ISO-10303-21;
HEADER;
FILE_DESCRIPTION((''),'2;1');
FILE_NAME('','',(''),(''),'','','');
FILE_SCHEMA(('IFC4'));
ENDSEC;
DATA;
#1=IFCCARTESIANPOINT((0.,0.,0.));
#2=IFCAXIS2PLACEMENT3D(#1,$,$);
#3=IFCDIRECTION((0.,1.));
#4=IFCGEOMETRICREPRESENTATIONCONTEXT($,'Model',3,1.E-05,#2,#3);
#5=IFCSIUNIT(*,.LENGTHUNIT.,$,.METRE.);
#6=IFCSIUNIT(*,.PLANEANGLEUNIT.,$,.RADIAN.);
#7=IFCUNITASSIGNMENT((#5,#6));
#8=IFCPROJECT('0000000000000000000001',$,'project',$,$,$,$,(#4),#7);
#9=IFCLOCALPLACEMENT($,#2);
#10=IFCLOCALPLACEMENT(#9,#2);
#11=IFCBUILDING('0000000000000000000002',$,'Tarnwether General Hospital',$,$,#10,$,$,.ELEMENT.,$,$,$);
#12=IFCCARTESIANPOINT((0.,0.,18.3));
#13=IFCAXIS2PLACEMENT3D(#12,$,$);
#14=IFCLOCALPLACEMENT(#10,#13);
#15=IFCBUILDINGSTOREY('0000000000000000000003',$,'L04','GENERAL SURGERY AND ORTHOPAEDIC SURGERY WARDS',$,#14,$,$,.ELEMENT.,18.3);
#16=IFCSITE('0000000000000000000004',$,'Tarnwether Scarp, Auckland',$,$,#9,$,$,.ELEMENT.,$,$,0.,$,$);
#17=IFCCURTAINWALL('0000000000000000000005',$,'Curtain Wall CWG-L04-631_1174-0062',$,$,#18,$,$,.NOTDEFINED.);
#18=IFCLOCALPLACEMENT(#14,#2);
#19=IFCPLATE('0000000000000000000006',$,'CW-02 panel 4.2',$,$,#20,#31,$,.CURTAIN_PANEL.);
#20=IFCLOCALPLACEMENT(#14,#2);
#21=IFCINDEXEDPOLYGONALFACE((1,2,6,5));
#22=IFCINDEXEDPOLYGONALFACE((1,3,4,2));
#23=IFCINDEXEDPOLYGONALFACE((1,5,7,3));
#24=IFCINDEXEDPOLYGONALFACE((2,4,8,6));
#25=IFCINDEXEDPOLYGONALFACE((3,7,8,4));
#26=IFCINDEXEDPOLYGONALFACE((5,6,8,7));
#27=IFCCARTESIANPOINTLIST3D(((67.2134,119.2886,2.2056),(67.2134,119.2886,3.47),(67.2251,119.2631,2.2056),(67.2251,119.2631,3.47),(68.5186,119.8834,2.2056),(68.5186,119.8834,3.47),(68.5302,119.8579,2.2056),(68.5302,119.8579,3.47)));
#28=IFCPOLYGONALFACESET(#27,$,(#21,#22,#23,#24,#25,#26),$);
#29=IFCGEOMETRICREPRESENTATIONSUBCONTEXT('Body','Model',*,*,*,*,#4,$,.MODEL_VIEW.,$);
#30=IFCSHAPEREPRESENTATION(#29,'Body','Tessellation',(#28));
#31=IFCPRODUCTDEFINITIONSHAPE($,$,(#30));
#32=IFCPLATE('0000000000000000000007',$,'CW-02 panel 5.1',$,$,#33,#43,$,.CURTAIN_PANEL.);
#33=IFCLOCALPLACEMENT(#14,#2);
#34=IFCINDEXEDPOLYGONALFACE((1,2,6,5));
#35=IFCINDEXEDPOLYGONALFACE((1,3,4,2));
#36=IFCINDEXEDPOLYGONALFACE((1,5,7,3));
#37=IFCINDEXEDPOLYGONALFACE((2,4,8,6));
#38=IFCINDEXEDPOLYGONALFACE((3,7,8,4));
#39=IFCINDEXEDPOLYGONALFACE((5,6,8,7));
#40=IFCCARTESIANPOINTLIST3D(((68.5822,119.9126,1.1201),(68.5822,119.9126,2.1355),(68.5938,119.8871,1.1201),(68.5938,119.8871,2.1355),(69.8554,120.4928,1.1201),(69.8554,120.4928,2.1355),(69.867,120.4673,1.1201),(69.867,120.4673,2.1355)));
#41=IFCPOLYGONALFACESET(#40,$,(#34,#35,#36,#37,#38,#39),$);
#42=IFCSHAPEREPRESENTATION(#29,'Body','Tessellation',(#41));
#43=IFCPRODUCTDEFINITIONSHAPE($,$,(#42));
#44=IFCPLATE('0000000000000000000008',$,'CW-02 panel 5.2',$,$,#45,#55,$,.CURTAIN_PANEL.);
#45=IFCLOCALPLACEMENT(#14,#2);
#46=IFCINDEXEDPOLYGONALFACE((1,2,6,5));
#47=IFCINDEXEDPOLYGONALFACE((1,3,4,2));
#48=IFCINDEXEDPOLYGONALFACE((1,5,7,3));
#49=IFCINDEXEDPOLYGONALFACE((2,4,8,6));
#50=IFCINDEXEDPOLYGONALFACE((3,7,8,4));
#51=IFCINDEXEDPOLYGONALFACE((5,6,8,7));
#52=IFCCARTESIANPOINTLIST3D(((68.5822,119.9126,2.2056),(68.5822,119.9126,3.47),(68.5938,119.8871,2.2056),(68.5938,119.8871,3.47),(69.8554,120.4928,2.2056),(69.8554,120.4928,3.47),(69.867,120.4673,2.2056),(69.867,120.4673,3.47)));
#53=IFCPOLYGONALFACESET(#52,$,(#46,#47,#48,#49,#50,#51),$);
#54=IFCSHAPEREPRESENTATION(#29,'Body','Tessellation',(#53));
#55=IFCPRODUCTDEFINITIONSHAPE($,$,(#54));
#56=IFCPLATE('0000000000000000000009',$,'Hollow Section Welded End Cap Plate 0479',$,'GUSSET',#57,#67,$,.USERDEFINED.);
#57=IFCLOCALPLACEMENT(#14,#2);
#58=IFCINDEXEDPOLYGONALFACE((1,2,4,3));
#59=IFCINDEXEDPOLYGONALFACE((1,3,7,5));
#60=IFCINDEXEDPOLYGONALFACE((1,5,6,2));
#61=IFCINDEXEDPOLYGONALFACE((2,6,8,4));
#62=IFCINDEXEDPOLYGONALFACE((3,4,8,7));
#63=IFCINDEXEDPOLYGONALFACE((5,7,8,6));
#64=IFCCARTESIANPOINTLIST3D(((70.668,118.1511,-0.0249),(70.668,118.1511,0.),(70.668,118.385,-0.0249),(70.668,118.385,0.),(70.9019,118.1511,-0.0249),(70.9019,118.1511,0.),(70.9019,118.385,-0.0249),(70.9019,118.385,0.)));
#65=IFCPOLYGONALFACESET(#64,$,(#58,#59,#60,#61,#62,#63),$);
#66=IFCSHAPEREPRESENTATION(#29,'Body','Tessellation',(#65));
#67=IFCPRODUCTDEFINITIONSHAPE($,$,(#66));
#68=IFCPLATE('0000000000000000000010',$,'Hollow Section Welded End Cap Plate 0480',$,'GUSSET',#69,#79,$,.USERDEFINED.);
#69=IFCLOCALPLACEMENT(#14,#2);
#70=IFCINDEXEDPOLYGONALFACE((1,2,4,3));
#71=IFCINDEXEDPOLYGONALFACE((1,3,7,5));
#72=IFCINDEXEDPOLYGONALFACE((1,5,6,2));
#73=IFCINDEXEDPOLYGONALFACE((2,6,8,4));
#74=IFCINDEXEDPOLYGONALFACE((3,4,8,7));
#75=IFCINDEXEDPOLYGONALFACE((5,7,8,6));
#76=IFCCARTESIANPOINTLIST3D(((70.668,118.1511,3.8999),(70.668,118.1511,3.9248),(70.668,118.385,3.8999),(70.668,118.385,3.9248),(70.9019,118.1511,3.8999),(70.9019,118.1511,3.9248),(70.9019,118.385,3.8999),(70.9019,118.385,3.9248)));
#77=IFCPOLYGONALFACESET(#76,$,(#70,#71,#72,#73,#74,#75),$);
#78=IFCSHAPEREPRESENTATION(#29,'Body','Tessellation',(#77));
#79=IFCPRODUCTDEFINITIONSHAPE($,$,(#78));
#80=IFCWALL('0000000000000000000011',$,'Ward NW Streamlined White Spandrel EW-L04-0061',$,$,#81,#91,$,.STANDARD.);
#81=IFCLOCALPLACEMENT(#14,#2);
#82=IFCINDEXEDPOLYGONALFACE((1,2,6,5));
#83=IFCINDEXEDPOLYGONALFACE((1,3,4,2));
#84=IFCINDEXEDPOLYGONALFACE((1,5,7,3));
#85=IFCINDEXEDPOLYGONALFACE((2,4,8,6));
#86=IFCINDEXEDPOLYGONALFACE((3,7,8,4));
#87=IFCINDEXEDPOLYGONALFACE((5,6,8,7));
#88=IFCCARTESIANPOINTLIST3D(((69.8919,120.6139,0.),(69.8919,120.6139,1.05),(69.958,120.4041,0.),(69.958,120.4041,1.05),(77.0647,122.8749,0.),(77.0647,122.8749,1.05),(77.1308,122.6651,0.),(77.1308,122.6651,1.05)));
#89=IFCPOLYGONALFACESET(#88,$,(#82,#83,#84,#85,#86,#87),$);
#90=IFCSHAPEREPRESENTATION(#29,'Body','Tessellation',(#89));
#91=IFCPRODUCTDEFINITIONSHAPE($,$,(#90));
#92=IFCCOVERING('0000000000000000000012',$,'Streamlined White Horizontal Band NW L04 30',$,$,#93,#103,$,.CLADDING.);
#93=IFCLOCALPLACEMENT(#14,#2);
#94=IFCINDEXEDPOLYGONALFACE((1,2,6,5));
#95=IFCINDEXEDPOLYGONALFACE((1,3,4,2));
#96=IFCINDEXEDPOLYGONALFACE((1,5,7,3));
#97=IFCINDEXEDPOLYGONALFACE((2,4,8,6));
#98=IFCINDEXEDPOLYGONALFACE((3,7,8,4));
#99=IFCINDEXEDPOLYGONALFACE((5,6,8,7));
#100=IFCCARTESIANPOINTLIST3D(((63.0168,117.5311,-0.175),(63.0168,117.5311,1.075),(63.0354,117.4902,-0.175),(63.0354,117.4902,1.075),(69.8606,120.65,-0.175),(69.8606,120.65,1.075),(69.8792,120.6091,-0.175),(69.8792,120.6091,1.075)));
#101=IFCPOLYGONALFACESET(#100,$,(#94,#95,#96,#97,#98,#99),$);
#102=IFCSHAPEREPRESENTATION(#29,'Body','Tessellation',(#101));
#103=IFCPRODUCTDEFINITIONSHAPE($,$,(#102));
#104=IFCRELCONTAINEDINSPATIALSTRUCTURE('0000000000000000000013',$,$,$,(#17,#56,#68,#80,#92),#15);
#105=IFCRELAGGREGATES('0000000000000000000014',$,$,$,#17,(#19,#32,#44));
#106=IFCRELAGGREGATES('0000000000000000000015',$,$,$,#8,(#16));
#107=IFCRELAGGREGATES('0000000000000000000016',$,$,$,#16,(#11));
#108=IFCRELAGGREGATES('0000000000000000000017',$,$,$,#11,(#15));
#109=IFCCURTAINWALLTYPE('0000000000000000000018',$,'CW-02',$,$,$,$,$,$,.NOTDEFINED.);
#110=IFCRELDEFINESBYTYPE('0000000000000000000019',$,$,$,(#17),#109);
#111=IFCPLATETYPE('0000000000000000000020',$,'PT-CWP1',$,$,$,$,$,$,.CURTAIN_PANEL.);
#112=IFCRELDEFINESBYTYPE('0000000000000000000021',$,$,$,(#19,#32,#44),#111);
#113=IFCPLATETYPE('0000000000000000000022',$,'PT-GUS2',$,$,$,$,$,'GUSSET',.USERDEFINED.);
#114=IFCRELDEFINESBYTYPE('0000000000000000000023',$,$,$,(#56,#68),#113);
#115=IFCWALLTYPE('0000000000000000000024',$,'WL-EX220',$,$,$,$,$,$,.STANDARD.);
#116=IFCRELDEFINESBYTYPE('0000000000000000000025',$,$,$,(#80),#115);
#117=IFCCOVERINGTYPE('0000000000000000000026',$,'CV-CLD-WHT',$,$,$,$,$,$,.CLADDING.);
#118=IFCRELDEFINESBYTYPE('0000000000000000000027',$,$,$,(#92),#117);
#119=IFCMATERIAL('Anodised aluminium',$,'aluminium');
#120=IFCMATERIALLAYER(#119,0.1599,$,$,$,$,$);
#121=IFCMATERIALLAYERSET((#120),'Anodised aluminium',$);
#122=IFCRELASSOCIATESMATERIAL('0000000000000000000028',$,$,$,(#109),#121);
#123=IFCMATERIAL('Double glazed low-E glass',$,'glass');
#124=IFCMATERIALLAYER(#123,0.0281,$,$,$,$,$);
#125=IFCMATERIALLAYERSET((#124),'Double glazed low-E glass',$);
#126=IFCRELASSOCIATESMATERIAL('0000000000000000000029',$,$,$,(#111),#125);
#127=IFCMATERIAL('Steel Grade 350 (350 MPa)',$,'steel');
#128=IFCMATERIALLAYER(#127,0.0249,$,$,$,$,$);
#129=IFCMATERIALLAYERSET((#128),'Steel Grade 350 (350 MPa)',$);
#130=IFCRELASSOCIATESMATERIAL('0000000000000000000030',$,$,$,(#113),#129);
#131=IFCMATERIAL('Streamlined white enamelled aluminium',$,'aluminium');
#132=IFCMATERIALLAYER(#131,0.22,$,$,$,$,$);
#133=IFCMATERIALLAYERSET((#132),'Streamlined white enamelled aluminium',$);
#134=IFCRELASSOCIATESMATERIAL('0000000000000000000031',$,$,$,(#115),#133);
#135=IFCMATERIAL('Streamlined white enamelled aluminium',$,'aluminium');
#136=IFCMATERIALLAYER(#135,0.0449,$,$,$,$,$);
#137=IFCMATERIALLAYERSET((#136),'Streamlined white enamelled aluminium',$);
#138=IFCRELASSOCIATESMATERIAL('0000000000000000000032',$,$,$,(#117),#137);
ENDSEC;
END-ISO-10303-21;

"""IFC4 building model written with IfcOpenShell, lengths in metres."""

from ifc_helpers import new_model, si_unit, direction, frame, frame_2d, origin, origin_2d, place, context, subcontext, project, spatial, rectangle, extrude, material, layer, layer_set, type_object, element, aggregate, save


model = new_model("IFC4")

# Units and contexts
model_context = context("Model", 3, precision=1e-05, world=origin(), true_north=direction((0.0, 1.0)))
body_context = subcontext(model_context, "Body", "Model", "MODEL_VIEW")
ifc_project = project(units=[si_unit("LENGTHUNIT", "METRE"), si_unit("PLANEANGLEUNIT", "RADIAN")], contexts=[model_context])

# Site, building, storey
site_placement = place(None, origin())
site = spatial("IfcSite", under=ifc_project, at=site_placement, Name="Tarnwether Scarp, Auckland", CompositionType="ELEMENT", RefElevation=0.0)
building_placement = place(site_placement, origin())
building = spatial("IfcBuilding", under=site, at=building_placement, Name="Tarnwether General Hospital", CompositionType="ELEMENT")
storey_placement = place(building_placement, frame((0.0, 0.0, 18.3)))
storey = spatial("IfcBuildingStorey", under=building, at=storey_placement, Name="L04", Description="GENERAL SURGERY AND ORTHOPAEDIC SURGERY WARDS", CompositionType="ELEMENT", Elevation=18.3)

# Curtain wall
ifc_material_1 = material(Name="Anodised aluminium", Category="aluminium")
ifc_layer_1 = layer(ifc_material_1, 0.1599)
ifc_layer_set_1 = layer_set([ifc_layer_1], Name="Anodised aluminium")
curtain_wall_type = type_object("IfcCurtainWallType", Name="CW-02", PredefinedType="NOTDEFINED", material=ifc_layer_set_1)
curtain_wall_1_placement = place(storey_placement, origin())
curtain_wall_1 = element("IfcCurtainWall", 1, at=curtain_wall_1_placement, inside=storey, type_object=curtain_wall_type, Name="Curtain Wall CWG-L04-631_1174-0062", PredefinedType="NOTDEFINED")

# Plates
ifc_material_2 = material(Name="Double glazed low-E glass", Category="glass")
ifc_layer_2 = layer(ifc_material_2, 0.0281)
ifc_layer_set_2 = layer_set([ifc_layer_2], Name="Double glazed low-E glass")
plate_type_1 = type_object("IfcPlateType", Name="PT-CWP1", PredefinedType="CURTAIN_PANEL", material=ifc_layer_set_2)
plate_1_placement = place(storey_placement, frame((67.8718, 119.5732, 2.2056), z_axis=(0.0, 0.0, 1.0), x_axis=(0.909961, 0.414694, 0.0)))
plate_1 = element("IfcPlate", 2, at=plate_1_placement, type_object=plate_type_1, Name="CW-02 panel 4.2", PredefinedType="CURTAIN_PANEL", context=body_context, shape_type="SweptSolid", body=[
    extrude(rectangle(XDim=1.4343, YDim=0.0281, at=origin_2d()), origin(), (0.0, 0.0, 1.0), 1.2644),
])
plate_2_placement = place(storey_placement, frame((69.2246, 120.1899, 1.1201), z_axis=(0.0, 0.0, 1.0), x_axis=(0.909961, 0.414694, 0.0)))
plate_2 = element("IfcPlate", 3, at=plate_2_placement, type_object=plate_type_1, Name="CW-02 panel 5.1", PredefinedType="CURTAIN_PANEL", context=body_context, shape_type="SweptSolid", body=[
    extrude(rectangle(XDim=1.3992, YDim=0.0281, at=origin_2d()), origin(), (0.0, 0.0, 1.0), 1.0154),
])
plate_3_placement = place(storey_placement, frame((69.2246, 120.1899, 2.2056), z_axis=(0.0, 0.0, 1.0), x_axis=(0.909961, 0.414694, 0.0)))
plate_3 = element("IfcPlate", 4, at=plate_3_placement, type_object=plate_type_1, Name="CW-02 panel 5.2", PredefinedType="CURTAIN_PANEL", context=body_context, shape_type="SweptSolid", body=[
    extrude(rectangle(XDim=1.3992, YDim=0.0281, at=origin_2d()), origin(), (0.0, 0.0, 1.0), 1.2644),
])
aggregate(curtain_wall_1, [plate_1, plate_2, plate_3])

# Plates
ifc_material_3 = material(Name="Steel Grade 350 (350 MPa)", Category="steel")
ifc_layer_3 = layer(ifc_material_3, 0.0249)
ifc_layer_set_3 = layer_set([ifc_layer_3], Name="Steel Grade 350 (350 MPa)")
plate_type_2 = type_object("IfcPlateType", Name="PT-GUS2", ElementType="GUSSET", PredefinedType="USERDEFINED", material=ifc_layer_set_3)
for number, where, z_axis, x_axis, name in (
    (5, (70.7849, 118.2681, -0.0249), (0.0, 0.0, 1.0), (1.0, 0.0, 0.0), "Hollow Section Welded End Cap Plate 0479"),
    (6, (70.7849, 118.2681, 3.8999), (0.0, 0.0, 1.0), (1.0, 0.0, 0.0), "Hollow Section Welded End Cap Plate 0480"),
):
    element("IfcPlate", number, at=place(storey_placement, frame(where, z_axis=z_axis, x_axis=x_axis)), inside=storey, type_object=plate_type_2, Name=name, ObjectType="GUSSET", PredefinedType="USERDEFINED", context=body_context, shape_type="SweptSolid", body=[
        extrude(rectangle(XDim=0.2339, YDim=0.2339, at=origin_2d()), origin(), (0.0, 0.0, 1.0), 0.0249),
    ])

# Wall
ifc_material_4 = material(Name="Streamlined white enamelled aluminium", Category="aluminium")
ifc_layer_4 = layer(ifc_material_4, 0.22)
ifc_layer_set_4 = layer_set([ifc_layer_4], Name="Streamlined white enamelled aluminium")
wall_type = type_object("IfcWallType", Name="WL-EX220", PredefinedType="STANDARD", material=ifc_layer_set_4)
wall_placement = place(storey_placement, frame((69.925, 120.509, 0.0), z_axis=(0.0, 0.0, 1.0), x_axis=(0.95374, 0.300633, 0.0)))
element("IfcWall", 7, at=wall_placement, inside=storey, type_object=wall_type, Name="Ward NW Streamlined White Spandrel EW-L04-0061", PredefinedType="STANDARD", context=body_context, shape_type="SweptSolid", body=[
    extrude(rectangle(XDim=7.5208, YDim=0.22, at=frame_2d((3.7603, 0.0))), origin(), (0.0, 0.0, 1.0), 1.05),
])

# Covering
ifc_material_5 = material(Name="Streamlined white enamelled aluminium", Category="aluminium")
ifc_layer_5 = layer(ifc_material_5, 0.0449)
ifc_layer_set_5 = layer_set([ifc_layer_5], Name="Streamlined white enamelled aluminium")
covering_type = type_object("IfcCoveringType", Name="CV-CLD-WHT", PredefinedType="CLADDING", material=ifc_layer_set_5)
covering_placement = place(storey_placement, frame((66.448, 119.0701, -0.175), z_axis=(0.0, 0.0, 1.0), x_axis=(0.909961, 0.414693, 0.0)))
element("IfcCovering", 8, at=covering_placement, inside=storey, type_object=covering_type, Name="Streamlined White Horizontal Band NW L04 30", PredefinedType="CLADDING", context=body_context, shape_type="SweptSolid", body=[
    extrude(rectangle(XDim=7.521, YDim=0.0449, at=origin_2d()), origin(), (0.0, 0.0, 1.0), 1.25),
])

save(model, "model.ifc")
